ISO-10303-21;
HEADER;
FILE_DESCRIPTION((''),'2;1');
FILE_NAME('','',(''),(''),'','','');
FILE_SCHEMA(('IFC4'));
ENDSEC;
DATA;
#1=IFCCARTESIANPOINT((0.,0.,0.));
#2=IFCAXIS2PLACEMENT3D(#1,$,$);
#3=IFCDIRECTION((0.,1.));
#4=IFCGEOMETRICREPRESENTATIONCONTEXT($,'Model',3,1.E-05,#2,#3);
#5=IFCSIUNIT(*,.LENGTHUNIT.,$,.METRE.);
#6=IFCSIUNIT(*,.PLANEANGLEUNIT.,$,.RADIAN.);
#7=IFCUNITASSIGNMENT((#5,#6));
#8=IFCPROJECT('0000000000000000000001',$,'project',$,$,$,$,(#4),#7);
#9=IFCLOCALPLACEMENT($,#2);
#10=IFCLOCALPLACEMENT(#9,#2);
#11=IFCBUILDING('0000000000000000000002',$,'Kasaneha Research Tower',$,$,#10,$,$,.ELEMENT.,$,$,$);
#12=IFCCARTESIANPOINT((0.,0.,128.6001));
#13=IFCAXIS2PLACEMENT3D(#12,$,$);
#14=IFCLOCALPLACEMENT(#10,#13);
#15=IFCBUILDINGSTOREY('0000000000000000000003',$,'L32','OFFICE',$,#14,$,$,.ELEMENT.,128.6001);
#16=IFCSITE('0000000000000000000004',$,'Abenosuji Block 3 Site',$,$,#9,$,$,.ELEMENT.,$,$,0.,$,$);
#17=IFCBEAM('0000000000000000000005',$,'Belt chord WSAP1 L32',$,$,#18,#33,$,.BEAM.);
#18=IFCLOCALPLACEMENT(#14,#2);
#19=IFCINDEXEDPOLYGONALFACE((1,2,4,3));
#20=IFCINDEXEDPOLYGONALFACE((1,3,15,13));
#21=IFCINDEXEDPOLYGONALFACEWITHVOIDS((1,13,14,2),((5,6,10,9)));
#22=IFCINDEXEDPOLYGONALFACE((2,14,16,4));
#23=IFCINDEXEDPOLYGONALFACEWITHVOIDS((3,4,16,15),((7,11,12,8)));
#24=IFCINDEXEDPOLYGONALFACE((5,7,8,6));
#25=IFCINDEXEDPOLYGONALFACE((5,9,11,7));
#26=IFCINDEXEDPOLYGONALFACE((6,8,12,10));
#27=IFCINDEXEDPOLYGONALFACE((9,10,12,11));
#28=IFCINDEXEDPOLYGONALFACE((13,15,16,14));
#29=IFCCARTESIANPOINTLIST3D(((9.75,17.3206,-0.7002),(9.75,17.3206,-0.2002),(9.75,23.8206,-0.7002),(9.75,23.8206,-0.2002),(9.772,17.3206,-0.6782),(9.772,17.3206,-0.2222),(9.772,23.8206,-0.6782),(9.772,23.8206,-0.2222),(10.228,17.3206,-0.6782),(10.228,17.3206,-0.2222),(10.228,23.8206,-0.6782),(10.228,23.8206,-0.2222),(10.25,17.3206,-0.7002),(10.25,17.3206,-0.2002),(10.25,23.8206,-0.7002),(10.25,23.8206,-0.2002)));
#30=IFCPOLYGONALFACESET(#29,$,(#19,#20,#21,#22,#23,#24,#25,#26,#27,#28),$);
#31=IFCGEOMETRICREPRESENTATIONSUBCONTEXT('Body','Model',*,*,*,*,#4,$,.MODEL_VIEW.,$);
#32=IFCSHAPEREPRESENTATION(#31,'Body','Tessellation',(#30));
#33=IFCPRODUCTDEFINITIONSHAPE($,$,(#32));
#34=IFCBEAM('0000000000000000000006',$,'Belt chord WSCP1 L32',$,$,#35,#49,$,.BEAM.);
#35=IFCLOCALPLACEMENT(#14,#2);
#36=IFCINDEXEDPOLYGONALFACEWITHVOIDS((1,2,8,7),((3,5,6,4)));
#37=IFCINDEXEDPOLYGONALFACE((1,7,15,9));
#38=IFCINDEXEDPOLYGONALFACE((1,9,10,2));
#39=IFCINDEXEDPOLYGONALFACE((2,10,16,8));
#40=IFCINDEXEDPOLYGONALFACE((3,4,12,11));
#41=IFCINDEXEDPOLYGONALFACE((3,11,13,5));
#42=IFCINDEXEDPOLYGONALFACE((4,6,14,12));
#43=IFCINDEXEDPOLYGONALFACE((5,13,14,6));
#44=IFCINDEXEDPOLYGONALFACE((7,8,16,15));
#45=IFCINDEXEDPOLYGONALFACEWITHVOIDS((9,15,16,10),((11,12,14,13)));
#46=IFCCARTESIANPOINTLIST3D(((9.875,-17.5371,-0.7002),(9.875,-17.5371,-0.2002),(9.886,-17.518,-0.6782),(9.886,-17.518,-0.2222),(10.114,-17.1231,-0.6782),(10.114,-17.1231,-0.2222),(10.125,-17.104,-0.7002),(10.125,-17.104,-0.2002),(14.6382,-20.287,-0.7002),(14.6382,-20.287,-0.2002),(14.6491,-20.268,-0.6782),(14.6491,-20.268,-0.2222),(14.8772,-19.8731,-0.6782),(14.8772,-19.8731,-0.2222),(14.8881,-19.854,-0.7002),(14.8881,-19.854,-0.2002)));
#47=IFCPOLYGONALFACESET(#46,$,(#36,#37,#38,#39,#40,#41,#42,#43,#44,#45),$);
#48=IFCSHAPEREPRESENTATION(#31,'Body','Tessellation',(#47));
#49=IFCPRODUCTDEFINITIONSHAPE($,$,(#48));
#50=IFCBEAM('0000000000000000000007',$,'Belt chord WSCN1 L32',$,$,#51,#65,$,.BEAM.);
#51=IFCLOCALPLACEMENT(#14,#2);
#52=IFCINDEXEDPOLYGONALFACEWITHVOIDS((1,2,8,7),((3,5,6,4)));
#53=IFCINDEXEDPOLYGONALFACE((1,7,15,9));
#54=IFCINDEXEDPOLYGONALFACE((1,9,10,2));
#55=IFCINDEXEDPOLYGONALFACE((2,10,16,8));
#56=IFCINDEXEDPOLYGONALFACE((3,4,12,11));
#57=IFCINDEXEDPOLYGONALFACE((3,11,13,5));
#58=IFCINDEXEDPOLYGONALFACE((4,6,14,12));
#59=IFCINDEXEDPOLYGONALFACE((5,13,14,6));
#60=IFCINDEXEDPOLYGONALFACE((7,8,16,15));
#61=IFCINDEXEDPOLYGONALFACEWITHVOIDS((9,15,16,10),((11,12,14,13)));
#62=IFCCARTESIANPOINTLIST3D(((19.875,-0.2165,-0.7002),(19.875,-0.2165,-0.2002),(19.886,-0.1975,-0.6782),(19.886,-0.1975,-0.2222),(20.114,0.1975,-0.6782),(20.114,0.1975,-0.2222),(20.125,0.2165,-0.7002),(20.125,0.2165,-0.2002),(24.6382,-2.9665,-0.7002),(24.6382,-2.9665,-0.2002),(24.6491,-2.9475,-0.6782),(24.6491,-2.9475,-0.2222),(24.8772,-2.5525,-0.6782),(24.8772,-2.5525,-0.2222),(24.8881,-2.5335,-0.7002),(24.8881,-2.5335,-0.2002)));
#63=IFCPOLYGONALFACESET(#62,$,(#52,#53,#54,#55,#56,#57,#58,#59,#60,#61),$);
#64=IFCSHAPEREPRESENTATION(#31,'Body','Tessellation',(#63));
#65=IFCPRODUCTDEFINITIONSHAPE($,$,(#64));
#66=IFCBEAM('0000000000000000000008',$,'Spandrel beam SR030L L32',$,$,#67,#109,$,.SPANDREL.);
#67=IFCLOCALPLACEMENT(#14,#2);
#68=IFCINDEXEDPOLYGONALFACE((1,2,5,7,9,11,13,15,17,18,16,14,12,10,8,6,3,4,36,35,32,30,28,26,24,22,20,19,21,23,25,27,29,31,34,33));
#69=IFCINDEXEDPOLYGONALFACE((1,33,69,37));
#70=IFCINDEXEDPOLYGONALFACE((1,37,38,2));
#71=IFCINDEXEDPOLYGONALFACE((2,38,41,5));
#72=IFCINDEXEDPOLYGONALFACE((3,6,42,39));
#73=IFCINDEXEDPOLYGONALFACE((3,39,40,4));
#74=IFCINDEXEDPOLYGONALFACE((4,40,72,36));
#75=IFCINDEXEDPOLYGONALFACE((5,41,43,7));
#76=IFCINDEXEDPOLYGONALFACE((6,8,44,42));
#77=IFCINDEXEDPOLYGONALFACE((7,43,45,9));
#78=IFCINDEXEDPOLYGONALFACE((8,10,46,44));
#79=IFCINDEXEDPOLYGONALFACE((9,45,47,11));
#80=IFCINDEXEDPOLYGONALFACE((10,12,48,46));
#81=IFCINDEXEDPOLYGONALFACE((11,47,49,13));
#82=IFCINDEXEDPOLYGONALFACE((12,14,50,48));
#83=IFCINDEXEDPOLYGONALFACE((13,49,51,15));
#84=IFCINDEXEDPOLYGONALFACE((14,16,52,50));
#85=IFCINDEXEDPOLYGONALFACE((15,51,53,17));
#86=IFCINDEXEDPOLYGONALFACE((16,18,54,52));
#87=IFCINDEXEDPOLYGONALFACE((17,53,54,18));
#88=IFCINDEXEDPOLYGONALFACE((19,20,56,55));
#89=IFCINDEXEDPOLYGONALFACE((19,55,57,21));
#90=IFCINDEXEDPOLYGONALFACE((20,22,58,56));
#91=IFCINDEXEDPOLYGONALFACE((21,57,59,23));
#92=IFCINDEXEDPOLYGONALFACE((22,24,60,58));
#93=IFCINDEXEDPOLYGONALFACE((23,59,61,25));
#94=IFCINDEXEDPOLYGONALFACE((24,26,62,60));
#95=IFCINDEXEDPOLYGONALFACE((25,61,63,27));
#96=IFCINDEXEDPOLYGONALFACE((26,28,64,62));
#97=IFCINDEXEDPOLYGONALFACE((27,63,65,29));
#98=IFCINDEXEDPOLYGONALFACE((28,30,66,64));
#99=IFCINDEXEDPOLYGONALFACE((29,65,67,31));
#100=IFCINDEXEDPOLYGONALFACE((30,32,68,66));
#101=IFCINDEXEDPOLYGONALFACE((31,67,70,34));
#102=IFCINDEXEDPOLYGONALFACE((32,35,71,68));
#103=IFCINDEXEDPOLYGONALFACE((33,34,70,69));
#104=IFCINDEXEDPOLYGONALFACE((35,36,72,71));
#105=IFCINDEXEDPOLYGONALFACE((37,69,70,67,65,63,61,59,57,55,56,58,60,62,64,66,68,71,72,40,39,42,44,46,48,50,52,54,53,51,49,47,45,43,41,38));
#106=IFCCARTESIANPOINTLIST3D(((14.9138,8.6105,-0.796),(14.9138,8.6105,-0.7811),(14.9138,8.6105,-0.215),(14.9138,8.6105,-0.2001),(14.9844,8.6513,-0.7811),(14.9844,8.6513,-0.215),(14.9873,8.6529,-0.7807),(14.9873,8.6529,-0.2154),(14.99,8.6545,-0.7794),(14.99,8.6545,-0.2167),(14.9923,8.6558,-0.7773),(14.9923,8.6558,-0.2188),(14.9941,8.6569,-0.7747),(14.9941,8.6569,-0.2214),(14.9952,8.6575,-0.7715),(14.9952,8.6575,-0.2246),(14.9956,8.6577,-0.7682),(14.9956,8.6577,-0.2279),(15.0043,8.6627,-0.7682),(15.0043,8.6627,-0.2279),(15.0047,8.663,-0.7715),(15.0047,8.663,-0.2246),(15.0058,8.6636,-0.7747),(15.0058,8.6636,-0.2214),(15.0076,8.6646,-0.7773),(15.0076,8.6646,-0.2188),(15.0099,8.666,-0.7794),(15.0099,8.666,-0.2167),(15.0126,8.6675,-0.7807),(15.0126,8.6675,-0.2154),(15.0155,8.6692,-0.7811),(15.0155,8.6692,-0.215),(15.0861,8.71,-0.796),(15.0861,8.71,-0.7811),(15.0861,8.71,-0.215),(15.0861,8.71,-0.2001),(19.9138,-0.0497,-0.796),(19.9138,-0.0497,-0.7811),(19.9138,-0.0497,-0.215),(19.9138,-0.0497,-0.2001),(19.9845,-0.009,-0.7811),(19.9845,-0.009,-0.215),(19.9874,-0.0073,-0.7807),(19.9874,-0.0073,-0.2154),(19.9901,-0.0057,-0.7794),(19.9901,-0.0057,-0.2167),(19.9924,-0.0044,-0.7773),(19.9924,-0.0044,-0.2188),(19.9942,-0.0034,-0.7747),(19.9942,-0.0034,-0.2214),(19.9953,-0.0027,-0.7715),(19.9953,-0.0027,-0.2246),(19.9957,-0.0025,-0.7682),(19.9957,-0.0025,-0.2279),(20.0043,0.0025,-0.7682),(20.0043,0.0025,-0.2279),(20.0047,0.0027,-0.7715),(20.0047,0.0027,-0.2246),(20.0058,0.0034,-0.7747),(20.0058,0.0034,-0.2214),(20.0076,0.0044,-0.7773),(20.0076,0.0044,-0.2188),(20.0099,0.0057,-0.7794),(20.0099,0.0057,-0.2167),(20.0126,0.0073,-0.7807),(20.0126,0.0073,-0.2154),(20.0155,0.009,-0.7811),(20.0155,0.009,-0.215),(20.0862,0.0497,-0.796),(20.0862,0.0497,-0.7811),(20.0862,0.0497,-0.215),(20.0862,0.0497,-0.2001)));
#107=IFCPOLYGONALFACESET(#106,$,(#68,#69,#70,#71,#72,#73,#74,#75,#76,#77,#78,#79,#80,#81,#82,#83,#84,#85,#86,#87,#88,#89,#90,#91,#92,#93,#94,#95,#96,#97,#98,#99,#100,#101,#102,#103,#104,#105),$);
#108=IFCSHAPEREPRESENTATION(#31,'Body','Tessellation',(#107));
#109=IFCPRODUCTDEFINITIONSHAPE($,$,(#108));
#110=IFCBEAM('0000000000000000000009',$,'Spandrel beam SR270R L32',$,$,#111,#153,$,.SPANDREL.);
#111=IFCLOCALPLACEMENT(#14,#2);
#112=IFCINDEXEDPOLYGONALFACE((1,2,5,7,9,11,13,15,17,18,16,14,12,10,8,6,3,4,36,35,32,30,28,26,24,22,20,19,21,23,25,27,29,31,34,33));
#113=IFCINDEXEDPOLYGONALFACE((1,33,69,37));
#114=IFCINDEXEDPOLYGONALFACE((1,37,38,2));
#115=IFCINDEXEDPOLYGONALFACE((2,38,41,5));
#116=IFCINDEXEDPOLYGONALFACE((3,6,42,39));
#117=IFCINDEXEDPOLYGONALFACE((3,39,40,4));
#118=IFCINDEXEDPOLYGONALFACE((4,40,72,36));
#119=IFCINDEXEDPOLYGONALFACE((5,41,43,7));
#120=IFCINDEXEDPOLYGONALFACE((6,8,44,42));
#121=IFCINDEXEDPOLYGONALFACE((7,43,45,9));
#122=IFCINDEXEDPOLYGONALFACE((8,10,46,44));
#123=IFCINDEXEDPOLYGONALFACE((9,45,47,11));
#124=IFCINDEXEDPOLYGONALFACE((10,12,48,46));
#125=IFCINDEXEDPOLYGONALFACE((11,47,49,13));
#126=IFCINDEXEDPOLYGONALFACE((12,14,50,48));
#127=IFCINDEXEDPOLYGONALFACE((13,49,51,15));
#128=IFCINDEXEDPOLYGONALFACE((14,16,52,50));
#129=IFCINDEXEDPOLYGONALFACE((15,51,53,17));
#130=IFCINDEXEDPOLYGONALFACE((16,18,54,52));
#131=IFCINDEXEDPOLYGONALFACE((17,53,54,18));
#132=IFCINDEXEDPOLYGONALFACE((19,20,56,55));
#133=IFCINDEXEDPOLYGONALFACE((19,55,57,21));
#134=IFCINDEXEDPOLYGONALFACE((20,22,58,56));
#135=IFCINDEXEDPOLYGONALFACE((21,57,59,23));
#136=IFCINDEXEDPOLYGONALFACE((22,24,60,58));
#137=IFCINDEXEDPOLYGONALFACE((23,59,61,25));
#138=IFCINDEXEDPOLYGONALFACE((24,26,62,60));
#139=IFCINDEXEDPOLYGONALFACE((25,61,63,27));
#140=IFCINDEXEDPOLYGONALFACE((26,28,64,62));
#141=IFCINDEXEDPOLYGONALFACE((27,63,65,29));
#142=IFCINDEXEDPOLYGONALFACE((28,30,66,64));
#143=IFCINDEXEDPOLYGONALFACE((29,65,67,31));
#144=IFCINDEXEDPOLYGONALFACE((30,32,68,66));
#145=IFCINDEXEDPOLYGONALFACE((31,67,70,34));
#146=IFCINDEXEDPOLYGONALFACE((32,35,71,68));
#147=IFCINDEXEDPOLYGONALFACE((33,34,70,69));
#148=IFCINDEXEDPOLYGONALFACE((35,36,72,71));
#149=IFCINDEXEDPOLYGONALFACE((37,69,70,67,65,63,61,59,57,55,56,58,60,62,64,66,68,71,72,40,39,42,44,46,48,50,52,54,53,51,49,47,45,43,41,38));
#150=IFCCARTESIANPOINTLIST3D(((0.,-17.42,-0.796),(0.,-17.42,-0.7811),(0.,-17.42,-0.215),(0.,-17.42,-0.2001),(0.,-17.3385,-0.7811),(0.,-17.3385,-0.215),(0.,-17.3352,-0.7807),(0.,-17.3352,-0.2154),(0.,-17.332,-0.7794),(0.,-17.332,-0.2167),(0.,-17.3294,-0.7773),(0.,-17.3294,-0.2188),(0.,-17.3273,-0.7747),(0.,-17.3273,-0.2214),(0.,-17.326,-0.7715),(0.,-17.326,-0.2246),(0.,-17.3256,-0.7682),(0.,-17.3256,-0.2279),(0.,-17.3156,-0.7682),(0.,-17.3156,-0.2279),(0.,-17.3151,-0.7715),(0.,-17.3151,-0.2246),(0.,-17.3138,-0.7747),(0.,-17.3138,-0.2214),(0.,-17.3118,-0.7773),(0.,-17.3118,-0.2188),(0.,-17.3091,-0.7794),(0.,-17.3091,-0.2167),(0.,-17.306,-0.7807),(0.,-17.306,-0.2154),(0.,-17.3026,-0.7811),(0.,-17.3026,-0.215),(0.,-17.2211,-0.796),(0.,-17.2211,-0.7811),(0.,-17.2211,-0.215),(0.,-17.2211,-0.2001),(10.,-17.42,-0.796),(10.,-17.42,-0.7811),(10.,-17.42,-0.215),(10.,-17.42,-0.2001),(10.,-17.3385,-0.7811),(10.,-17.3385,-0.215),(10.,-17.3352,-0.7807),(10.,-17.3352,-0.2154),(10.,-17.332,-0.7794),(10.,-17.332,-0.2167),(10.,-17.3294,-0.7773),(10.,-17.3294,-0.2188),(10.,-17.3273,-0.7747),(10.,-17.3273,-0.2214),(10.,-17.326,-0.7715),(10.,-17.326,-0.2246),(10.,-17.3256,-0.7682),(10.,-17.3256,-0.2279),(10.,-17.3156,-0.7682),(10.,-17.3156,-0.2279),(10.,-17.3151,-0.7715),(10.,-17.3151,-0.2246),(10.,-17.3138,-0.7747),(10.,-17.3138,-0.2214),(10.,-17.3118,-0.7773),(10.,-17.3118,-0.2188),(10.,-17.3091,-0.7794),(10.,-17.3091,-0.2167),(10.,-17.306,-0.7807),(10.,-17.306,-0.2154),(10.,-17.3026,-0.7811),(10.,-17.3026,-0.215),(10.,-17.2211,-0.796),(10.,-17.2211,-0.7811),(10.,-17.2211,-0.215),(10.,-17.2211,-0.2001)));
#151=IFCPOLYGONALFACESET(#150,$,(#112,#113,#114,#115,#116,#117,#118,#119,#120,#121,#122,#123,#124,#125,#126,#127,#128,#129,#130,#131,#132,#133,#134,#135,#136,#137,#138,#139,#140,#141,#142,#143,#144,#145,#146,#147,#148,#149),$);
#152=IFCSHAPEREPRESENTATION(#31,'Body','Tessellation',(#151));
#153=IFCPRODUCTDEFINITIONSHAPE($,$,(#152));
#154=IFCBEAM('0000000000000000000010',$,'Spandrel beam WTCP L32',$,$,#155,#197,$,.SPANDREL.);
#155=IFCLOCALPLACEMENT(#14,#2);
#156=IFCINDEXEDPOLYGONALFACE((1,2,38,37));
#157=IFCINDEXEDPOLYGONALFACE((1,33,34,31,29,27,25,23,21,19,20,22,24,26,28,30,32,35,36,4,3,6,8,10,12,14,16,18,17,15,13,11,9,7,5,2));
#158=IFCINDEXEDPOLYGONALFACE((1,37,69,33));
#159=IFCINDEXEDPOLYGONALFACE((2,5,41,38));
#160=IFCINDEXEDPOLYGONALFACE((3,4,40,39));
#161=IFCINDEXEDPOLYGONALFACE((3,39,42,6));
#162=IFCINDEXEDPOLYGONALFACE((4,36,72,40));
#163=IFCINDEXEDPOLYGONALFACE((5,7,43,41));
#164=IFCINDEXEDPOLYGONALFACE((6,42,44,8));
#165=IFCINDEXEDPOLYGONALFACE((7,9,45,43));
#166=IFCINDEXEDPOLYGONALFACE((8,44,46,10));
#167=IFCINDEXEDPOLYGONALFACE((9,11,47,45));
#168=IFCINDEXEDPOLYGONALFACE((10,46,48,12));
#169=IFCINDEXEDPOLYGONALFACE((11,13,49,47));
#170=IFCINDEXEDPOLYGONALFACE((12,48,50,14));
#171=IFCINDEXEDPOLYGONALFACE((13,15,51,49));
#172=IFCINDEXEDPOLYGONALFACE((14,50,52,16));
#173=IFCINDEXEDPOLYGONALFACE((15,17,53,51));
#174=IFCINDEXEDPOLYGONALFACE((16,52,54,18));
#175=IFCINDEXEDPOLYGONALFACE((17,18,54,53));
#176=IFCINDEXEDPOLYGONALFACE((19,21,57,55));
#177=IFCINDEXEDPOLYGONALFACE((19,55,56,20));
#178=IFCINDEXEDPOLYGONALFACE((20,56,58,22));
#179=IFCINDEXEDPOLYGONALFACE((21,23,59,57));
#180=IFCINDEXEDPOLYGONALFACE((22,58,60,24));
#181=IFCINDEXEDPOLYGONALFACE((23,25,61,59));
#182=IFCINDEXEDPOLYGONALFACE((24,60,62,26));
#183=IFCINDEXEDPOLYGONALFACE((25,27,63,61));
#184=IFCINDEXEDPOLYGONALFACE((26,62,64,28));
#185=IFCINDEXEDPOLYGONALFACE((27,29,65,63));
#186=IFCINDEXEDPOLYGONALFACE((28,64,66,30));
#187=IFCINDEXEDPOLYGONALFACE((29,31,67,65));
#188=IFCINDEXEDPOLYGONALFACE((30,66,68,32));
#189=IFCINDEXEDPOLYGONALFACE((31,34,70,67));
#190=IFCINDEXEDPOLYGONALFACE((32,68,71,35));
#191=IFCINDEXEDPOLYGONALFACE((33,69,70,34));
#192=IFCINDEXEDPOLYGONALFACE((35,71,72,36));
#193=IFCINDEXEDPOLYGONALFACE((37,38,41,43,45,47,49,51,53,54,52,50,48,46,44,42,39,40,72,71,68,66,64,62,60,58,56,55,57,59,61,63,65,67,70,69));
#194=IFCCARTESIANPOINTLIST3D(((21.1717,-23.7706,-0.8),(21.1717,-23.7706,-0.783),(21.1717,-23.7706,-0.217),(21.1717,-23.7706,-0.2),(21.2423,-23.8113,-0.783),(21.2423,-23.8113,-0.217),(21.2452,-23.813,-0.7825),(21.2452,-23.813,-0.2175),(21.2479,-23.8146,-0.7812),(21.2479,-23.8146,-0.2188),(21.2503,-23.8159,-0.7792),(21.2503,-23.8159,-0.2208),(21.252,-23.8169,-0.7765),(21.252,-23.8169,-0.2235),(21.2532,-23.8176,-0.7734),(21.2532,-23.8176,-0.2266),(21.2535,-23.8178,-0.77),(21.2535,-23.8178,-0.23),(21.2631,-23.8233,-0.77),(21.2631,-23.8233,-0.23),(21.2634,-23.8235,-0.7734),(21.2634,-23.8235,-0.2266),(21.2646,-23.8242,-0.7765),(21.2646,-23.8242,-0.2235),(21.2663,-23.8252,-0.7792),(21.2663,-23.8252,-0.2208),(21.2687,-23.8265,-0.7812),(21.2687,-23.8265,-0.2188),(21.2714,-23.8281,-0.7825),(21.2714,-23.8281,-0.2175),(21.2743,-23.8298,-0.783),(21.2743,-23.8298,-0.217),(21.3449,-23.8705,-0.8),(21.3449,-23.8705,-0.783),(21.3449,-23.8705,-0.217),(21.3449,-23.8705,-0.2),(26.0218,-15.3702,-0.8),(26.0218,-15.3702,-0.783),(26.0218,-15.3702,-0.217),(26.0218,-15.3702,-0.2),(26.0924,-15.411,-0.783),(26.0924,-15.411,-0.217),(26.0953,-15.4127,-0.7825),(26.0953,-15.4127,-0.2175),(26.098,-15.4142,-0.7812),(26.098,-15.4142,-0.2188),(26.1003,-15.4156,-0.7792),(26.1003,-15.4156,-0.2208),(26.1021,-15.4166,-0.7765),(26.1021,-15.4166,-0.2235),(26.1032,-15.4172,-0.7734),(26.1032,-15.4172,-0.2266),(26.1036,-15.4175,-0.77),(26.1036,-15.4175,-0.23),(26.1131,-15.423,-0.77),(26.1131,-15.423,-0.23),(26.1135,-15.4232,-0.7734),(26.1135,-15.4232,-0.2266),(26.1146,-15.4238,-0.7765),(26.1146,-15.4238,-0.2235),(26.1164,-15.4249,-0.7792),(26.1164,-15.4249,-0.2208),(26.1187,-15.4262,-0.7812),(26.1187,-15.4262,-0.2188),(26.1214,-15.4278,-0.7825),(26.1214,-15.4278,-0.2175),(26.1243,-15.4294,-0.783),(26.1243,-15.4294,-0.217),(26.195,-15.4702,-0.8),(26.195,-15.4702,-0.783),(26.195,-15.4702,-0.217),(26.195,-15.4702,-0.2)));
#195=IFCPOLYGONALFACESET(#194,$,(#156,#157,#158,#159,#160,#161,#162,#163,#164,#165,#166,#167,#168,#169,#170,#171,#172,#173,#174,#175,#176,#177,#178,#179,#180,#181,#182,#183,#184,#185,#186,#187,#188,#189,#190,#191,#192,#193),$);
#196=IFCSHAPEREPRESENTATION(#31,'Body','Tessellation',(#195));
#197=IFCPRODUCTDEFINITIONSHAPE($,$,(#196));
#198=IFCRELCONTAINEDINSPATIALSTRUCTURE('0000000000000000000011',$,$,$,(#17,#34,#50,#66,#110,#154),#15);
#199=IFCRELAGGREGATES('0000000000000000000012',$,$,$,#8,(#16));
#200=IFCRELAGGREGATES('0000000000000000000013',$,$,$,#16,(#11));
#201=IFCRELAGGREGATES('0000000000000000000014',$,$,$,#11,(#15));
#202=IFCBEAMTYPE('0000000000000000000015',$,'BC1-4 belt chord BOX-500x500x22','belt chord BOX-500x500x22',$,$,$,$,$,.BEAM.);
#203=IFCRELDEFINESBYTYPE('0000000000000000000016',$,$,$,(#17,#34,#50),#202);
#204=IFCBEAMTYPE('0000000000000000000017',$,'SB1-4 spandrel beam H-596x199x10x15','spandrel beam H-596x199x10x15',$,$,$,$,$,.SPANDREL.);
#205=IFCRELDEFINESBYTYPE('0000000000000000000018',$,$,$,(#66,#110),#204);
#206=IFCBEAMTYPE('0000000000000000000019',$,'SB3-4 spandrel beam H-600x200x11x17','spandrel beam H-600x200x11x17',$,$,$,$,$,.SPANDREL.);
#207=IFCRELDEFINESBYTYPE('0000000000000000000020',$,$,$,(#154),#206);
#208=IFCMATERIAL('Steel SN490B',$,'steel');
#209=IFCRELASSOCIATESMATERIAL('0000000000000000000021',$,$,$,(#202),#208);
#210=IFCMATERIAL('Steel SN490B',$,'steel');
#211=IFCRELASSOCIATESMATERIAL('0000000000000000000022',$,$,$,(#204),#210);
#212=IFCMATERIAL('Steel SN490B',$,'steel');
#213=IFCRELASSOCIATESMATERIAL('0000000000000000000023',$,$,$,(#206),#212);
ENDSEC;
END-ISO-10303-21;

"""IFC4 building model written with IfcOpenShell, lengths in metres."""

from ifc_helpers import new_model, si_unit, direction, frame, origin, origin_2d, place, context, subcontext, project, spatial, hollow_rectangle, i_section, extrude, material, material_profile, profile_set, type_object, element, save


model = new_model("IFC4")

# Units and contexts
model_context = context("Model", 3, precision=1e-05, world=origin(), true_north=direction((0.0, 1.0)))
body_context = subcontext(model_context, "Body", "Model", "MODEL_VIEW")
ifc_project = project(units=[si_unit("LENGTHUNIT", "METRE"), si_unit("PLANEANGLEUNIT", "RADIAN")], contexts=[model_context])

# Site, building, storey
site_placement = place(None, origin())
site = spatial("IfcSite", under=ifc_project, at=site_placement, Name="Abenosuji Block 3 Site", CompositionType="ELEMENT", RefElevation=0.0)
building_placement = place(site_placement, origin())
building = spatial("IfcBuilding", under=site, at=building_placement, Name="Kasaneha Research Tower", CompositionType="ELEMENT")
storey_placement = place(building_placement, frame((0.0, 0.0, 128.6001)))
storey = spatial("IfcBuildingStorey", under=building, at=storey_placement, Name="L32", Description="OFFICE", CompositionType="ELEMENT", Elevation=128.6001)

# Beams
ifc_material_1 = material(Name="Steel SN490B", Category="steel")
ifc_material_profile_1 = material_profile(ifc_material_1, hollow_rectangle(XDim=0.5, YDim=0.5, WallThickness=0.022, at=origin_2d()), Name="BOX-500x500x22")
ifc_profile_set_1 = profile_set([ifc_material_profile_1], Name="Steel SN490B")
beam_type_1 = type_object("IfcBeamType", Name="BC1-4 belt chord BOX-500x500x22", Description="belt chord BOX-500x500x22", PredefinedType="BEAM", material=ifc_profile_set_1)
beam_1_placement = place(storey_placement, frame((10.0, 17.3206, -0.4502), z_axis=(0.0, 1.0, 0.0), x_axis=(-1.0, 0.0, 0.0)))
element("IfcBeam", 1, at=beam_1_placement, inside=storey, type_object=beam_type_1, Name="Belt chord WSAP1 L32", PredefinedType="BEAM", context=body_context, shape_type="SweptSolid", body=[
    extrude(hollow_rectangle(XDim=0.5, YDim=0.5, WallThickness=0.022, at=origin_2d()), origin(), (0.0, 0.0, 1.0), 6.5),
])
for number, where, z_axis, x_axis, name in (
    (2, (10.0, -17.3206, -0.4502), (0.866027, -0.499997, 0.0), (0.499997, 0.866027, 0.0), "Belt chord WSCP1 L32"),
    (3, (20.0, 0.0, -0.4502), (0.866027, -0.499997, 0.0), (0.499997, 0.866027, 0.0), "Belt chord WSCN1 L32"),
):
    element("IfcBeam", number, at=place(storey_placement, frame(where, z_axis=z_axis, x_axis=x_axis)), inside=storey, type_object=beam_type_1, Name=name, PredefinedType="BEAM", context=body_context, shape_type="SweptSolid", body=[
        extrude(hollow_rectangle(XDim=0.5, YDim=0.5, WallThickness=0.022, at=origin_2d()), origin(), (0.0, 0.0, 1.0), 5.5),
    ])
ifc_material_2 = material(Name="Steel SN490B", Category="steel")
ifc_material_profile_2 = material_profile(ifc_material_2, i_section(OverallWidth=0.199, OverallDepth=0.5959, WebThickness=0.01, FlangeThickness=0.0149, FilletRadius=0.0129, at=origin_2d()), Name="H-596x199x10x15")
ifc_profile_set_2 = profile_set([ifc_material_profile_2], Name="Steel SN490B")
beam_type_2 = type_object("IfcBeamType", Name="SB1-4 spandrel beam H-596x199x10x15", Description="spandrel beam H-596x199x10x15", PredefinedType="SPANDREL", material=ifc_profile_set_2)
for number, where, z_axis, x_axis, name in (
    (4, (20.0, 0.0, -0.498), (-0.500004, 0.866023, 0.0), (-0.866023, -0.500004, 0.0), "Spandrel beam SR030L L32"),
    (5, (10.0, -17.3206, -0.498), (-1.0, 0.0, 0.0), (0.0, -1.0, 0.0), "Spandrel beam SR270R L32"),
):
    element("IfcBeam", number, at=place(storey_placement, frame(where, z_axis=z_axis, x_axis=x_axis)), inside=storey, type_object=beam_type_2, Name=name, PredefinedType="SPANDREL", context=body_context, shape_type="SweptSolid", body=[
        extrude(i_section(OverallWidth=0.199, OverallDepth=0.5959, WebThickness=0.01, FlangeThickness=0.0149, FilletRadius=0.0129, at=origin_2d()), origin(), (0.0, 0.0, 1.0), 10.0),
    ])
ifc_material_3 = material(Name="Steel SN490B", Category="steel")
ifc_material_profile_3 = material_profile(ifc_material_3, i_section(OverallWidth=0.2, OverallDepth=0.6001, WebThickness=0.011, FlangeThickness=0.0171, FilletRadius=0.0129, at=origin_2d()), Name="H-600x200x11x17")
ifc_profile_set_3 = profile_set([ifc_material_profile_3], Name="Steel SN490B")
beam_type_3 = type_object("IfcBeamType", Name="SB3-4 spandrel beam H-600x200x11x17", Description="spandrel beam H-600x200x11x17", PredefinedType="SPANDREL", material=ifc_profile_set_3)
for number, where, z_axis, x_axis, name in (
    (6, (21.2583, -23.8206, -0.5), (0.50001, 0.86602, 0.0), (-0.86602, 0.50001, 0.0), "Spandrel beam WTCP L32"),
):
    element("IfcBeam", number, at=place(storey_placement, frame(where, z_axis=z_axis, x_axis=x_axis)), inside=storey, type_object=beam_type_3, Name=name, PredefinedType="SPANDREL", context=body_context, shape_type="SweptSolid", body=[
        extrude(i_section(OverallWidth=0.2, OverallDepth=0.6001, WebThickness=0.011, FlangeThickness=0.0171, FilletRadius=0.0129, at=origin_2d()), origin(), (0.0, 0.0, 1.0), 9.7),
    ])

save(model, "model.ifc")
